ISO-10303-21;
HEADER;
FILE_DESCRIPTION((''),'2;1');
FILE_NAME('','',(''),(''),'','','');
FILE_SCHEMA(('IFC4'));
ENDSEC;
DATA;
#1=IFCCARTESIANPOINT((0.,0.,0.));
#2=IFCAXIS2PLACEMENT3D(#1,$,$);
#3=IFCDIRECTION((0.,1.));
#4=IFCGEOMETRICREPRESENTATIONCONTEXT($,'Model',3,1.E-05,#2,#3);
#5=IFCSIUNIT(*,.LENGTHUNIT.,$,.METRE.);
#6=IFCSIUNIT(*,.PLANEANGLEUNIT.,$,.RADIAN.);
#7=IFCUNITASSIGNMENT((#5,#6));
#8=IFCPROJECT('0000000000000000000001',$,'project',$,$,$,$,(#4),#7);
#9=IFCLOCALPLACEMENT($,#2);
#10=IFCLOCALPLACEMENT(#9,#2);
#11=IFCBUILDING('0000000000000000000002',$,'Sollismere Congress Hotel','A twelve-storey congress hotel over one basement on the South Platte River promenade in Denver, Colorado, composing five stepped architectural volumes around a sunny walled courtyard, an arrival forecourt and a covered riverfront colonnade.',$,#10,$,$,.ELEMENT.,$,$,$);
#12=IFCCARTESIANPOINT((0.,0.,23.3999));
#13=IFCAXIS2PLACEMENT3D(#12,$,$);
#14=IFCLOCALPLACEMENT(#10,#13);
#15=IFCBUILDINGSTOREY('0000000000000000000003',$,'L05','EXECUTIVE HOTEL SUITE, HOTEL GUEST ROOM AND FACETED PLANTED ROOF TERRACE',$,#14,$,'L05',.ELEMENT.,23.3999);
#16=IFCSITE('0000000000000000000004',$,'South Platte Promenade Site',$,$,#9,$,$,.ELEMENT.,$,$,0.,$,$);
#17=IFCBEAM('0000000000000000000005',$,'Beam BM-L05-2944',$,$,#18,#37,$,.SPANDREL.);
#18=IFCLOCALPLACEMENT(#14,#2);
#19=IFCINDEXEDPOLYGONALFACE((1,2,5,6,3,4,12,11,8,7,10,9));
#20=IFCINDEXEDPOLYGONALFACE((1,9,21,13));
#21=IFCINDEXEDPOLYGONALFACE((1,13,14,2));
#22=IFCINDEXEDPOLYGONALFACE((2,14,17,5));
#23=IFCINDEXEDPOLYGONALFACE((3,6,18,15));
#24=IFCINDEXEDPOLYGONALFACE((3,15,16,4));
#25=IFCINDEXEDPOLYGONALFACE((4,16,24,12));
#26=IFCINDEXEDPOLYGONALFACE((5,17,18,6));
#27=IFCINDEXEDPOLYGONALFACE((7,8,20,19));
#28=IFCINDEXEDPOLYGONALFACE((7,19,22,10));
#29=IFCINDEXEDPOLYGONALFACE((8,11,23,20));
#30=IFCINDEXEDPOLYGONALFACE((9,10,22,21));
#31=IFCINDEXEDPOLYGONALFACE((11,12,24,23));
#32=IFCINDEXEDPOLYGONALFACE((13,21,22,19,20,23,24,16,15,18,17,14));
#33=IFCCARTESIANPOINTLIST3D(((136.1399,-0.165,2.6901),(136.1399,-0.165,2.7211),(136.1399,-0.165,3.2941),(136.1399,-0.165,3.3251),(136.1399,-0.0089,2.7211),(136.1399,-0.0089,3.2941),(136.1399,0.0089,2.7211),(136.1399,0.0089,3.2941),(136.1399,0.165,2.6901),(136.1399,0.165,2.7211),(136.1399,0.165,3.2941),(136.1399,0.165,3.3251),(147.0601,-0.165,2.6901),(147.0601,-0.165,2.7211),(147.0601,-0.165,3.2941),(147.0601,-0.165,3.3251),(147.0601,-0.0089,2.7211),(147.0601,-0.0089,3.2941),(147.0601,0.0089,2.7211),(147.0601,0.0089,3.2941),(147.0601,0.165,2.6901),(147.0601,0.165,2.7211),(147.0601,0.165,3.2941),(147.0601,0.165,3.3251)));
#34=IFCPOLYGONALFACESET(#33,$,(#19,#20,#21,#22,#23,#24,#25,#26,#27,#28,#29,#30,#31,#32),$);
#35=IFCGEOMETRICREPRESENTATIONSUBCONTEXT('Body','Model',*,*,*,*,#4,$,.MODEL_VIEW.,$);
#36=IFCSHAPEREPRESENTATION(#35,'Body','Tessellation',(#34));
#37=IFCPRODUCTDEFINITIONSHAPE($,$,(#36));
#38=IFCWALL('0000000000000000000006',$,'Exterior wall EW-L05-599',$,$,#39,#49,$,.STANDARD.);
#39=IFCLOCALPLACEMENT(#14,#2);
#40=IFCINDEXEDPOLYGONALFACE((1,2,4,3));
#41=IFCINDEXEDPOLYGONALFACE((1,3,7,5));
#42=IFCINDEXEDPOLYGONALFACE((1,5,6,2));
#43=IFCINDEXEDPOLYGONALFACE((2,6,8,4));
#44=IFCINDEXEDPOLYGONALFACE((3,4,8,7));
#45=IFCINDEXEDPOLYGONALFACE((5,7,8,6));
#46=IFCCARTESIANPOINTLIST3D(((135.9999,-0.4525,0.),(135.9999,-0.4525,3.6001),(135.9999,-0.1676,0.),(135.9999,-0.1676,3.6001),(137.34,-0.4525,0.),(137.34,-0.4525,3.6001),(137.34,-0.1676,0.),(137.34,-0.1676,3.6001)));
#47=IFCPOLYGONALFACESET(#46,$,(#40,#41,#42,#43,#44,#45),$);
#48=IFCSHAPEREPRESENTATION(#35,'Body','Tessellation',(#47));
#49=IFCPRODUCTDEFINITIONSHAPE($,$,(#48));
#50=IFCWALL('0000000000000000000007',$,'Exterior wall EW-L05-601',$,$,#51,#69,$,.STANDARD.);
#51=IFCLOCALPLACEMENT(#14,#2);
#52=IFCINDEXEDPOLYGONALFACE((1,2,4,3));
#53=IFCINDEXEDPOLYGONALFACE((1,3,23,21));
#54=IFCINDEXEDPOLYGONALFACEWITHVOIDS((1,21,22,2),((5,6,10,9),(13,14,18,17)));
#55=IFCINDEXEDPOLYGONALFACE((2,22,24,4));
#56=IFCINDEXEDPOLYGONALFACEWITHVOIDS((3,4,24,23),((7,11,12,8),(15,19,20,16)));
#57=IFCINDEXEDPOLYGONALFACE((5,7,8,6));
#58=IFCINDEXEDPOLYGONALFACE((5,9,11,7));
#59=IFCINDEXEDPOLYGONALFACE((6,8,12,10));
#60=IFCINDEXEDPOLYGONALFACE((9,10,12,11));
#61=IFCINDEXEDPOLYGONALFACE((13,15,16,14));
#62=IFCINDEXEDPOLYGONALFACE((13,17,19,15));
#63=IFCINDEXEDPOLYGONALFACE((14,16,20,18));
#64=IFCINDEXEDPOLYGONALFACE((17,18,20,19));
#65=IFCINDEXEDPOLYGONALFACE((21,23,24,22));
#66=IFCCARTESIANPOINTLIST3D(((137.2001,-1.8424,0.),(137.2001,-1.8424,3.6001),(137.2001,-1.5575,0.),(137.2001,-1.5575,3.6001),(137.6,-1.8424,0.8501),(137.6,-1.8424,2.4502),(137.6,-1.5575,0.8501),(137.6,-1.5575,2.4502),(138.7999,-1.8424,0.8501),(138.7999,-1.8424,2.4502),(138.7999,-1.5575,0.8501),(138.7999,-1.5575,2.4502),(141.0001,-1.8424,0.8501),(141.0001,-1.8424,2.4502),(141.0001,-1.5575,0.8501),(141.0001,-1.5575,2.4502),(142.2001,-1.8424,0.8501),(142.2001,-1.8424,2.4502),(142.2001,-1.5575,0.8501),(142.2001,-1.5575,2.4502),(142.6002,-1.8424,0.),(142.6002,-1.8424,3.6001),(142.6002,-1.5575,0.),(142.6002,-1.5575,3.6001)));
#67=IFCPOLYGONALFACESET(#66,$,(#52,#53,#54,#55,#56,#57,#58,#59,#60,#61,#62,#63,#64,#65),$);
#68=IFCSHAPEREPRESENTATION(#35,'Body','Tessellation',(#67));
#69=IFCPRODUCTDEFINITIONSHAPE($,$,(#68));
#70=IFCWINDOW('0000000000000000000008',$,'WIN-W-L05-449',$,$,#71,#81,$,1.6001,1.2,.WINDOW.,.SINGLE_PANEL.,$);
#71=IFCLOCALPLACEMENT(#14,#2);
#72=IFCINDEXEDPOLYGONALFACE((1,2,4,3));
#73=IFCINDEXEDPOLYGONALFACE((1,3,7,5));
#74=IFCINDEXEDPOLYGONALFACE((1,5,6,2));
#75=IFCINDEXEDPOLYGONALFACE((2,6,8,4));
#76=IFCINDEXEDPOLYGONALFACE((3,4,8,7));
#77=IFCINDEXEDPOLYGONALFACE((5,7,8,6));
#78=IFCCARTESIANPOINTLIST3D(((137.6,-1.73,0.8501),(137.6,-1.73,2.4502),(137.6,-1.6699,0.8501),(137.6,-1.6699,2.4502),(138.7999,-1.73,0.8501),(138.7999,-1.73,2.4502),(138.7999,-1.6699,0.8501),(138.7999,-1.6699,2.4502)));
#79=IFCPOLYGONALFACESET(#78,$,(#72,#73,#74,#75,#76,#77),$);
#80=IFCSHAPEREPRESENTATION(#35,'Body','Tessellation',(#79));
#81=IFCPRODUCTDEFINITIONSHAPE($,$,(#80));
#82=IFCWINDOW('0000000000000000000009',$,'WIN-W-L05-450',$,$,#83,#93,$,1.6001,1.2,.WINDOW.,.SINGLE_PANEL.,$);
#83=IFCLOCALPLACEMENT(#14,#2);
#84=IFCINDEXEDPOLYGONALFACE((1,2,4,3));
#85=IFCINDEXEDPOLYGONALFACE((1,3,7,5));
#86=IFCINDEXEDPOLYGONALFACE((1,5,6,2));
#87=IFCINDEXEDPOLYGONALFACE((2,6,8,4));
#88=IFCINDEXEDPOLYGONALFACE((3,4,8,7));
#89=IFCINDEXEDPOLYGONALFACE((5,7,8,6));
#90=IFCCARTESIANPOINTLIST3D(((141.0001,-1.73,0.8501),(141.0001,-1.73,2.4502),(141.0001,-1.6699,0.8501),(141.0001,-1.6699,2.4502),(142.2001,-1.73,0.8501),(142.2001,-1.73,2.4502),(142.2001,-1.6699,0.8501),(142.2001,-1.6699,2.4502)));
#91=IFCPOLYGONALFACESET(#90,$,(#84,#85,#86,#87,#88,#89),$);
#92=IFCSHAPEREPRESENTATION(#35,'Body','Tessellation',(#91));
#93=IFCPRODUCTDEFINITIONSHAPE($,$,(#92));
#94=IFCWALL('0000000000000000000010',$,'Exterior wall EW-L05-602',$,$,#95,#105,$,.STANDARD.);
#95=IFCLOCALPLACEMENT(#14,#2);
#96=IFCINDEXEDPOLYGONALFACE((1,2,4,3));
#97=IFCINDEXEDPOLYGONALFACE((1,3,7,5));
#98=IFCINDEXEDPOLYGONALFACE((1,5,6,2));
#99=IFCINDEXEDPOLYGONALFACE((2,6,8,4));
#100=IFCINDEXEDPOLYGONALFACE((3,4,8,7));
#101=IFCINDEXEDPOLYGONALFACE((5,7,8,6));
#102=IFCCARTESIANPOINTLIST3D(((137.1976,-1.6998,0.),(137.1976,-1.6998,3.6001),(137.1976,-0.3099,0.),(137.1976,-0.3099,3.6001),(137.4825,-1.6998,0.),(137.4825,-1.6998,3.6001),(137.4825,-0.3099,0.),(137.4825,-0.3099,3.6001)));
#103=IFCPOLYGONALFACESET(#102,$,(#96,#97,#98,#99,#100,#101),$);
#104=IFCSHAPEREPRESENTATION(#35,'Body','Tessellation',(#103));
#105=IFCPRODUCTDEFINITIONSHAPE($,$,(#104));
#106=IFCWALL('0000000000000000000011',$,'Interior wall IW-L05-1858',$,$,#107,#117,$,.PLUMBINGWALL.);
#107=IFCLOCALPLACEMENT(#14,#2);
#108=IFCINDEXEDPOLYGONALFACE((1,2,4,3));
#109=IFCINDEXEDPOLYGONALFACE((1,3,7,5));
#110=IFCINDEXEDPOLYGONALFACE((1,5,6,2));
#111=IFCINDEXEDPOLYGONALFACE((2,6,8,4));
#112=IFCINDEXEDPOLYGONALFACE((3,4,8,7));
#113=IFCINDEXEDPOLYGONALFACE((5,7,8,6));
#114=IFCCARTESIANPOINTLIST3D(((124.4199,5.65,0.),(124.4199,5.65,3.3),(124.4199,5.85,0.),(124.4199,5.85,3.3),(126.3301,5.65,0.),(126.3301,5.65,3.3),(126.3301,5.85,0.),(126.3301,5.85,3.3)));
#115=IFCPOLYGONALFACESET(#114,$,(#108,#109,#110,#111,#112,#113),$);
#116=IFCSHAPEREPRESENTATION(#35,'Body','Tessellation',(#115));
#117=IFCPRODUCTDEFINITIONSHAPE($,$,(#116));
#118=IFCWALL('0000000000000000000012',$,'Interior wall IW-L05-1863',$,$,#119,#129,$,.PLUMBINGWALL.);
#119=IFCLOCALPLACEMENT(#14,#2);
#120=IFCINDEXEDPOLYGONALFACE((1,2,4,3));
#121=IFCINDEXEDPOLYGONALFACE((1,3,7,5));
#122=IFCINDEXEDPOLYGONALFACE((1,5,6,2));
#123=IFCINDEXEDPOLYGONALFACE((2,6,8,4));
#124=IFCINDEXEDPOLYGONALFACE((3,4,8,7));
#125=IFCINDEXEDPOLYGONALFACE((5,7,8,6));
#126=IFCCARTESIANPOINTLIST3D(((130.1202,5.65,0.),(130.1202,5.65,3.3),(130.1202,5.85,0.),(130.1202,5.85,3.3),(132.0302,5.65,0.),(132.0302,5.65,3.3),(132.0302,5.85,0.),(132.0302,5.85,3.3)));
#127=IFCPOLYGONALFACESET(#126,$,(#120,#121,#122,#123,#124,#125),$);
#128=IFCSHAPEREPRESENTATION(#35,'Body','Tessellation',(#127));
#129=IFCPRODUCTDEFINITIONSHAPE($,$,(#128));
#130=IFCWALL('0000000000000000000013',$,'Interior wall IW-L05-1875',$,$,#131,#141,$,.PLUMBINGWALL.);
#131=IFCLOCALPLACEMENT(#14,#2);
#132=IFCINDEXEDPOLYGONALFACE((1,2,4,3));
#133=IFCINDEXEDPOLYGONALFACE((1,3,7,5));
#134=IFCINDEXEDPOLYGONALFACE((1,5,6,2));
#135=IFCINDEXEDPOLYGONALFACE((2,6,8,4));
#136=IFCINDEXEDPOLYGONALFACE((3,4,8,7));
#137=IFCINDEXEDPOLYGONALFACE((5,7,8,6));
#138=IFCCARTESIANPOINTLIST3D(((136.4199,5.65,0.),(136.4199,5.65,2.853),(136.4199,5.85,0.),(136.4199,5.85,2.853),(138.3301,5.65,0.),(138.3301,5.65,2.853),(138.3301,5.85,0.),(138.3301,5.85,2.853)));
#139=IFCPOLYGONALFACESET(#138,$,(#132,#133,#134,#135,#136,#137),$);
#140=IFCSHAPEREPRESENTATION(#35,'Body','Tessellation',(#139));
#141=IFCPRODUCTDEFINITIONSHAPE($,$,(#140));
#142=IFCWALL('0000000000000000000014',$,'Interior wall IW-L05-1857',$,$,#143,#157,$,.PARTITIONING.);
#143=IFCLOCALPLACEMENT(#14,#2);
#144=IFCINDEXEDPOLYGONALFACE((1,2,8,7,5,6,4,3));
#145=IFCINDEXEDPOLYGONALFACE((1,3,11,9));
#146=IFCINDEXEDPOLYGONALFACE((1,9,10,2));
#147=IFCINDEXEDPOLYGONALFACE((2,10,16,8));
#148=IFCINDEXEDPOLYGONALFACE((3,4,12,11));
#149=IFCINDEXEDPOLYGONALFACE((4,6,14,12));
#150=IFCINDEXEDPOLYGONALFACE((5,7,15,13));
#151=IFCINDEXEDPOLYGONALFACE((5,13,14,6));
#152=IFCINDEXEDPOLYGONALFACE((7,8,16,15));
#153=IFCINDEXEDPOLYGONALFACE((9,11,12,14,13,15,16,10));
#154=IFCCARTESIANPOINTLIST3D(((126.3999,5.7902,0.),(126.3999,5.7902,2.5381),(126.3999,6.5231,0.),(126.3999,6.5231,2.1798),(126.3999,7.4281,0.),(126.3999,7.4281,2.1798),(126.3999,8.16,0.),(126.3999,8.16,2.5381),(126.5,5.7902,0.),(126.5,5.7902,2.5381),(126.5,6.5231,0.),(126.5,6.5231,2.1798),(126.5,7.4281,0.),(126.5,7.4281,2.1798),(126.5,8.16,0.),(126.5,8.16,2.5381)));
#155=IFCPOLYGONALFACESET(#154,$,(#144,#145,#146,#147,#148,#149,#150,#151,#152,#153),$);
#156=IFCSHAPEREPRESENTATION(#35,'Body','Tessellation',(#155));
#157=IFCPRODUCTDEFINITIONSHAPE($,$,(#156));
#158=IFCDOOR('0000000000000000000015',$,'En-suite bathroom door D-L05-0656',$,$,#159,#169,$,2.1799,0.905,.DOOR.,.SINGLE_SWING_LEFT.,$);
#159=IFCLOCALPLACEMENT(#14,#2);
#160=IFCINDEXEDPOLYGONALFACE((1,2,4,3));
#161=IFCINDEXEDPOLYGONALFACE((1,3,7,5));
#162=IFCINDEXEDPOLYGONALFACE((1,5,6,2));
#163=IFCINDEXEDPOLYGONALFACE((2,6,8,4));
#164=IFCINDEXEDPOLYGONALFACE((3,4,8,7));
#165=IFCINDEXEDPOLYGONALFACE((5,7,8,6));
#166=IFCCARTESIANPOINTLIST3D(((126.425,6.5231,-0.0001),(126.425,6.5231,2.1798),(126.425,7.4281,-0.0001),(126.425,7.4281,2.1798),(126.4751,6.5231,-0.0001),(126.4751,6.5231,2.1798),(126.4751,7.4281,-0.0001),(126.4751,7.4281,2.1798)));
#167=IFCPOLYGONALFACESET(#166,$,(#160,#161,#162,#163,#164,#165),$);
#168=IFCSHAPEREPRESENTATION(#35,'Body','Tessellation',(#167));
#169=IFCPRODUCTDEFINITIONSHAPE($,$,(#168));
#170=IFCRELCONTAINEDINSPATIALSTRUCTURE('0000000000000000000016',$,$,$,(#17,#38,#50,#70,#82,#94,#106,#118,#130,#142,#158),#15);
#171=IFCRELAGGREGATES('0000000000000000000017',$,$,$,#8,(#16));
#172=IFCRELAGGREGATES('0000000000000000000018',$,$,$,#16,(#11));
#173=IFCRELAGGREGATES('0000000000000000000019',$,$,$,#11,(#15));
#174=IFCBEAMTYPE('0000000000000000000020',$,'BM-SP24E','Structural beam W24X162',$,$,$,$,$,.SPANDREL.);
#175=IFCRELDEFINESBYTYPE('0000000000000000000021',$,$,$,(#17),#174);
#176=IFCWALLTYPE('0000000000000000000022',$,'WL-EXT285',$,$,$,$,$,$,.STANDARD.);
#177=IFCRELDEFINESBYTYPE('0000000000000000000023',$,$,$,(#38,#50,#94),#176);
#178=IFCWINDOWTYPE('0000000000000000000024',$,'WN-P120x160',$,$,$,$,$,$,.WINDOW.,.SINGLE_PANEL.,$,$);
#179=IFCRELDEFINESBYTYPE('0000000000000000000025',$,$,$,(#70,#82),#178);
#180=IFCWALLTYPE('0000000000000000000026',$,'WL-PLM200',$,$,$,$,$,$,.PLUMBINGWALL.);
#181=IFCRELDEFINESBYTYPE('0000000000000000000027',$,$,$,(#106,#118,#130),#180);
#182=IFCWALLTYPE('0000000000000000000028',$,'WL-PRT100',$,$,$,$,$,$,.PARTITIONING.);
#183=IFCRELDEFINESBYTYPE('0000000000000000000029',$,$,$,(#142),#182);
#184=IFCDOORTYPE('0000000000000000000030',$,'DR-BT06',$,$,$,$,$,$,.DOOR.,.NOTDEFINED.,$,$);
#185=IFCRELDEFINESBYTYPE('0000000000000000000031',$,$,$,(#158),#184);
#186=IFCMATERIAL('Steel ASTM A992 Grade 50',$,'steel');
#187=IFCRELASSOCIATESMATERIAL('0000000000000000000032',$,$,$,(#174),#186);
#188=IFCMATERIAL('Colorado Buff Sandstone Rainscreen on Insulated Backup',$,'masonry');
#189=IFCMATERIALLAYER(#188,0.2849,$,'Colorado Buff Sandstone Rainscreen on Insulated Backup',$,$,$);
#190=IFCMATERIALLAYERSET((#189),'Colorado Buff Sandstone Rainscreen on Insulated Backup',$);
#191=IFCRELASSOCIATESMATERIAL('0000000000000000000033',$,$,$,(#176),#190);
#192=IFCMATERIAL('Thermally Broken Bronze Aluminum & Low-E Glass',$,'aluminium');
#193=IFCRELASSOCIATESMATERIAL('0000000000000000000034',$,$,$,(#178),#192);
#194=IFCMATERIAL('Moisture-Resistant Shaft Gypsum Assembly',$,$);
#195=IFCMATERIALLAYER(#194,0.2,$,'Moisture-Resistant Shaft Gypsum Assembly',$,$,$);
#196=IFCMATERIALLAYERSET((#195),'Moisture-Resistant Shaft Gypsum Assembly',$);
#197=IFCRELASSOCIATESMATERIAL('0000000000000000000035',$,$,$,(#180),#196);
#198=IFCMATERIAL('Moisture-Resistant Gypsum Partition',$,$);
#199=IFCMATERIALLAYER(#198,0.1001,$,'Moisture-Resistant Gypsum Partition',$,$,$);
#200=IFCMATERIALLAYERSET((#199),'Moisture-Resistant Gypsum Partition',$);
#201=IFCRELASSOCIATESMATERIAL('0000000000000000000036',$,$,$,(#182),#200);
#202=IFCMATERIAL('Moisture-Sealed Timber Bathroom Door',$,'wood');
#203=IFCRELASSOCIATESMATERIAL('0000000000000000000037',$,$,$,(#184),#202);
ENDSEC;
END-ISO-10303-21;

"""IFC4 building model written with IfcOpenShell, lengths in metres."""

from ifc_helpers import new_model, si_unit, direction, frame, frame_2d, origin, origin_2d, place, context, subcontext, project, spatial, rectangle, i_section, extrude, material, layer, layer_set, material_profile, profile_set, type_object, element, fill, save


model = new_model("IFC4")

# Units and contexts
model_context = context("Model", 3, precision=1e-05, world=origin(), true_north=direction((0.0, 1.0)))
body_context = subcontext(model_context, "Body", "Model", "MODEL_VIEW")
ifc_project = project(units=[si_unit("LENGTHUNIT", "METRE"), si_unit("PLANEANGLEUNIT", "RADIAN")], contexts=[model_context])

# Site, building, storey
site_placement = place(None, origin())
site = spatial("IfcSite", under=ifc_project, at=site_placement, Name="South Platte Promenade Site", CompositionType="ELEMENT", RefElevation=0.0)
building_placement = place(site_placement, origin())
building = spatial("IfcBuilding", under=site, at=building_placement, Name="Sollismere Congress Hotel", Description="A twelve-storey congress hotel over one basement on the South Platte River promenade in Denver, Colorado, composing five stepped architectural volumes around a sunny walled courtyard, an arrival forecourt and a covered riverfront colonnade.", CompositionType="ELEMENT")
storey_placement = place(building_placement, frame((0.0, 0.0, 23.3999)))
storey = spatial("IfcBuildingStorey", under=building, at=storey_placement, Name="L05", Description="EXECUTIVE HOTEL SUITE, HOTEL GUEST ROOM AND FACETED PLANTED ROOF TERRACE", LongName="L05", CompositionType="ELEMENT", Elevation=23.3999)

# Shared definitions
ifc_material_1 = material(Name="Steel ASTM A992 Grade 50", Category="steel")

# Beam
ifc_material_profile_1 = material_profile(ifc_material_1, i_section(OverallWidth=0.3301, OverallDepth=0.635, WebThickness=0.0178, FlangeThickness=0.031, at=origin_2d()), Name="W24X162")
ifc_profile_set_1 = profile_set([ifc_material_profile_1], Name="Steel ASTM A992 Grade 50")
beam_type_1 = type_object("IfcBeamType", Name="BM-SP24E", Description="Structural beam W24X162", PredefinedType="SPANDREL", material=ifc_profile_set_1)
beam_1_placement = place(storey_placement, frame((136.1399, 0.0, 3.0076), z_axis=(1.0, 0.0, 0.0), x_axis=(0.0, 1.0, 0.0)))
element("IfcBeam", 1, at=beam_1_placement, inside=storey, type_object=beam_type_1, Name="Beam BM-L05-2944", PredefinedType="SPANDREL", context=body_context, shape_type="SweptSolid", body=[
    extrude(i_section(OverallWidth=0.3301, OverallDepth=0.635, WebThickness=0.0178, FlangeThickness=0.031, at=origin_2d()), origin(), (0.0, 0.0, 1.0), 10.9202),
])

# Wall
ifc_material_2 = material(Name="Colorado Buff Sandstone Rainscreen on Insulated Backup", Category="masonry")
ifc_layer_1 = layer(ifc_material_2, 0.2849, Name="Colorado Buff Sandstone Rainscreen on Insulated Backup")
ifc_layer_set_1 = layer_set([ifc_layer_1], Name="Colorado Buff Sandstone Rainscreen on Insulated Backup")
wall_type_1 = type_object("IfcWallType", Name="WL-EXT285", PredefinedType="STANDARD", material=ifc_layer_set_1)
wall_1_placement = place(storey_placement, frame((136.0, -0.3101, 0.0), z_axis=(0.0, 0.0, 1.0), x_axis=(1.0, 0.0, 0.0)))
element("IfcWall", 2, at=wall_1_placement, inside=storey, type_object=wall_type_1, Name="Exterior wall EW-L05-599", PredefinedType="STANDARD", context=body_context, shape_type="SweptSolid", body=[
    extrude(rectangle(XDim=1.3401, YDim=0.2849, at=frame_2d((0.6699, 0.0))), origin(), (0.0, 0.0, 1.0), 3.6001),
])

# Wall, openings, windows
wall_2_placement = place(storey_placement, frame((137.2, -1.7, 0.0), z_axis=(0.0, 0.0, 1.0), x_axis=(1.0, 0.0, 0.0)))
wall_2 = element("IfcWall", 3, at=wall_2_placement, inside=storey, type_object=wall_type_1, Name="Exterior wall EW-L05-601", PredefinedType="STANDARD", context=body_context, shape_type="SweptSolid", body=[
    extrude(rectangle(XDim=5.4001, YDim=0.2849, at=frame_2d((2.7002, 0.0))), origin(), (0.0, 0.0, 1.0), 3.6001),
])
opening_1_placement = place(wall_2_placement, frame((0.3999, 0.0, 0.8501)))
opening_1 = element("IfcOpeningElement", 4, at=opening_1_placement, cuts=wall_2, PredefinedType="OPENING", context=body_context, shape_type="SweptSolid", body=[
    extrude(rectangle(XDim=1.2, YDim=1.6001, at=frame_2d((0.6001, 0.8))), frame((0.0, 0.1523, 0.0), z_axis=(0.0, -1.0, 0.0), x_axis=(1.0, 0.0, 0.0)), (0.0, 0.0, 1.0), 0.3049),
])
opening_2_placement = place(wall_2_placement, frame((3.8, 0.0, 0.8501)))
opening_2 = element("IfcOpeningElement", 5, at=opening_2_placement, cuts=wall_2, PredefinedType="OPENING", context=body_context, shape_type="SweptSolid", body=[
    extrude(rectangle(XDim=1.2, YDim=1.6001, at=frame_2d((0.6001, 0.8))), frame((0.0, 0.1523, 0.0), z_axis=(0.0, -1.0, 0.0), x_axis=(1.0, 0.0, 0.0)), (0.0, 0.0, 1.0), 0.3049),
])
ifc_material_3 = material(Name="Thermally Broken Bronze Aluminum & Low-E Glass", Category="aluminium")
window_type = type_object("IfcWindowType", Name="WN-P120x160", PartitioningType="SINGLE_PANEL", PredefinedType="WINDOW", material=ifc_material_3)
window_1_placement = place(opening_1_placement, origin())
window_1 = element("IfcWindow", 6, at=window_1_placement, inside=storey, type_object=window_type, Name="WIN-W-L05-449", OverallHeight=1.6001, OverallWidth=1.2, PartitioningType="SINGLE_PANEL", PredefinedType="WINDOW", context=body_context, shape_type="SweptSolid", body=[
    extrude(rectangle(XDim=1.2, YDim=1.6001, at=frame_2d((0.6001, 0.8))), frame((0.0, 0.03, 0.0), z_axis=(0.0, -1.0, 0.0), x_axis=(1.0, 0.0, 0.0)), (0.0, 0.0, 1.0), 0.0601),
])
fill(opening_1, window_1)
window_2_placement = place(opening_2_placement, origin())
window_2 = element("IfcWindow", 7, at=window_2_placement, inside=storey, type_object=window_type, Name="WIN-W-L05-450", OverallHeight=1.6001, OverallWidth=1.2, PartitioningType="SINGLE_PANEL", PredefinedType="WINDOW", context=body_context, shape_type="SweptSolid", body=[
    extrude(rectangle(XDim=1.2, YDim=1.6001, at=frame_2d((0.6001, 0.8))), frame((0.0, 0.03, 0.0), z_axis=(0.0, -1.0, 0.0), x_axis=(1.0, 0.0, 0.0)), (0.0, 0.0, 1.0), 0.0601),
])
fill(opening_2, window_2)

# Walls
wall_3_placement = place(storey_placement, frame((137.3401, -0.3101, 0.0), z_axis=(0.0, 0.0, 1.0), x_axis=(0.0, -1.0, 0.0)))
element("IfcWall", 8, at=wall_3_placement, inside=storey, type_object=wall_type_1, Name="Exterior wall EW-L05-602", PredefinedType="STANDARD", context=body_context, shape_type="SweptSolid", body=[
    extrude(rectangle(XDim=1.3899, YDim=0.2849, at=frame_2d((0.6948, 0.0))), origin(), (0.0, 0.0, 1.0), 3.6001),
])
ifc_material_4 = material(Name="Moisture-Resistant Shaft Gypsum Assembly")
ifc_layer_2 = layer(ifc_material_4, 0.2, Name="Moisture-Resistant Shaft Gypsum Assembly")
ifc_layer_set_2 = layer_set([ifc_layer_2], Name="Moisture-Resistant Shaft Gypsum Assembly")
wall_type_2 = type_object("IfcWallType", Name="WL-PLM200", PredefinedType="PLUMBINGWALL", material=ifc_layer_set_2)
wall_4_placement = place(storey_placement, frame((124.4199, 5.75, 0.0), z_axis=(0.0, 0.0, 1.0), x_axis=(1.0, 0.0, 0.0)))
element("IfcWall", 9, at=wall_4_placement, inside=storey, type_object=wall_type_2, Name="Interior wall IW-L05-1858", PredefinedType="PLUMBINGWALL", context=body_context, shape_type="SweptSolid", body=[
    extrude(rectangle(XDim=1.9102, YDim=0.2, at=frame_2d((0.9551, 0.0))), origin(), (0.0, 0.0, 1.0), 3.3),
])
wall_5_placement = place(storey_placement, frame((130.1201, 5.75, 0.0), z_axis=(0.0, 0.0, 1.0), x_axis=(1.0, 0.0, 0.0)))
element("IfcWall", 10, at=wall_5_placement, inside=storey, type_object=wall_type_2, Name="Interior wall IW-L05-1863", PredefinedType="PLUMBINGWALL", context=body_context, shape_type="SweptSolid", body=[
    extrude(rectangle(XDim=1.9099, YDim=0.2, at=frame_2d((0.9551, 0.0))), origin(), (0.0, 0.0, 1.0), 3.3),
])
wall_6_placement = place(storey_placement, frame((136.4199, 5.75, 0.0), z_axis=(0.0, 0.0, 1.0), x_axis=(1.0, 0.0, 0.0)))
element("IfcWall", 11, at=wall_6_placement, inside=storey, type_object=wall_type_2, Name="Interior wall IW-L05-1875", PredefinedType="PLUMBINGWALL", context=body_context, shape_type="SweptSolid", body=[
    extrude(rectangle(XDim=1.9102, YDim=0.2, at=frame_2d((0.9551, 0.0))), origin(), (0.0, 0.0, 1.0), 2.853),
])

# Wall, opening, door
ifc_material_5 = material(Name="Moisture-Resistant Gypsum Partition")
ifc_layer_3 = layer(ifc_material_5, 0.1001, Name="Moisture-Resistant Gypsum Partition")
ifc_layer_set_3 = layer_set([ifc_layer_3], Name="Moisture-Resistant Gypsum Partition")
wall_type_3 = type_object("IfcWallType", Name="WL-PRT100", PredefinedType="PARTITIONING", material=ifc_layer_set_3)
wall_7_placement = place(storey_placement, frame((126.45, 5.79, 0.0), z_axis=(0.0, 0.0, 1.0), x_axis=(0.0, 1.0, 0.0)))
wall_7 = element("IfcWall", 12, at=wall_7_placement, inside=storey, type_object=wall_type_3, Name="Interior wall IW-L05-1857", PredefinedType="PARTITIONING", context=body_context, shape_type="SweptSolid", body=[
    extrude(rectangle(XDim=2.3699, YDim=0.1001, at=frame_2d((1.1851, 0.0))), origin(), (0.0, 0.0, 1.0), 2.5381),
])
opening_3_placement = place(wall_7_placement, frame((0.7329, 0.0, 0.0)))
opening_3 = element("IfcOpeningElement", 13, at=opening_3_placement, cuts=wall_7, PredefinedType="OPENING", context=body_context, shape_type="SweptSolid", body=[
    extrude(rectangle(XDim=0.905, YDim=2.1799, at=frame_2d((0.4526, 1.0898))), frame((0.0, 0.0601, 0.0), z_axis=(0.0, -1.0, 0.0), x_axis=(1.0, 0.0, 0.0)), (0.0, 0.0, 1.0), 0.1201),
])
ifc_material_6 = material(Name="Moisture-Sealed Timber Bathroom Door", Category="wood")
door_type_1 = type_object("IfcDoorType", Name="DR-BT06", OperationType="NOTDEFINED", PredefinedType="DOOR", material=ifc_material_6)
door_1_placement = place(opening_3_placement, origin())
door_1 = element("IfcDoor", 14, at=door_1_placement, inside=storey, type_object=door_type_1, Name="En-suite bathroom door D-L05-0656", OperationType="SINGLE_SWING_LEFT", OverallHeight=2.1799, OverallWidth=0.905, PredefinedType="DOOR", context=body_context, shape_type="SweptSolid", body=[
    extrude(rectangle(XDim=0.905, YDim=2.1799, at=frame_2d((0.4526, 1.0898))), frame((0.0, 0.0249, 0.0), z_axis=(0.0, -1.0, 0.0), x_axis=(1.0, 0.0, 0.0)), (0.0, 0.0, 1.0), 0.05),
])
fill(opening_3, door_1)

save(model, "model.ifc")
